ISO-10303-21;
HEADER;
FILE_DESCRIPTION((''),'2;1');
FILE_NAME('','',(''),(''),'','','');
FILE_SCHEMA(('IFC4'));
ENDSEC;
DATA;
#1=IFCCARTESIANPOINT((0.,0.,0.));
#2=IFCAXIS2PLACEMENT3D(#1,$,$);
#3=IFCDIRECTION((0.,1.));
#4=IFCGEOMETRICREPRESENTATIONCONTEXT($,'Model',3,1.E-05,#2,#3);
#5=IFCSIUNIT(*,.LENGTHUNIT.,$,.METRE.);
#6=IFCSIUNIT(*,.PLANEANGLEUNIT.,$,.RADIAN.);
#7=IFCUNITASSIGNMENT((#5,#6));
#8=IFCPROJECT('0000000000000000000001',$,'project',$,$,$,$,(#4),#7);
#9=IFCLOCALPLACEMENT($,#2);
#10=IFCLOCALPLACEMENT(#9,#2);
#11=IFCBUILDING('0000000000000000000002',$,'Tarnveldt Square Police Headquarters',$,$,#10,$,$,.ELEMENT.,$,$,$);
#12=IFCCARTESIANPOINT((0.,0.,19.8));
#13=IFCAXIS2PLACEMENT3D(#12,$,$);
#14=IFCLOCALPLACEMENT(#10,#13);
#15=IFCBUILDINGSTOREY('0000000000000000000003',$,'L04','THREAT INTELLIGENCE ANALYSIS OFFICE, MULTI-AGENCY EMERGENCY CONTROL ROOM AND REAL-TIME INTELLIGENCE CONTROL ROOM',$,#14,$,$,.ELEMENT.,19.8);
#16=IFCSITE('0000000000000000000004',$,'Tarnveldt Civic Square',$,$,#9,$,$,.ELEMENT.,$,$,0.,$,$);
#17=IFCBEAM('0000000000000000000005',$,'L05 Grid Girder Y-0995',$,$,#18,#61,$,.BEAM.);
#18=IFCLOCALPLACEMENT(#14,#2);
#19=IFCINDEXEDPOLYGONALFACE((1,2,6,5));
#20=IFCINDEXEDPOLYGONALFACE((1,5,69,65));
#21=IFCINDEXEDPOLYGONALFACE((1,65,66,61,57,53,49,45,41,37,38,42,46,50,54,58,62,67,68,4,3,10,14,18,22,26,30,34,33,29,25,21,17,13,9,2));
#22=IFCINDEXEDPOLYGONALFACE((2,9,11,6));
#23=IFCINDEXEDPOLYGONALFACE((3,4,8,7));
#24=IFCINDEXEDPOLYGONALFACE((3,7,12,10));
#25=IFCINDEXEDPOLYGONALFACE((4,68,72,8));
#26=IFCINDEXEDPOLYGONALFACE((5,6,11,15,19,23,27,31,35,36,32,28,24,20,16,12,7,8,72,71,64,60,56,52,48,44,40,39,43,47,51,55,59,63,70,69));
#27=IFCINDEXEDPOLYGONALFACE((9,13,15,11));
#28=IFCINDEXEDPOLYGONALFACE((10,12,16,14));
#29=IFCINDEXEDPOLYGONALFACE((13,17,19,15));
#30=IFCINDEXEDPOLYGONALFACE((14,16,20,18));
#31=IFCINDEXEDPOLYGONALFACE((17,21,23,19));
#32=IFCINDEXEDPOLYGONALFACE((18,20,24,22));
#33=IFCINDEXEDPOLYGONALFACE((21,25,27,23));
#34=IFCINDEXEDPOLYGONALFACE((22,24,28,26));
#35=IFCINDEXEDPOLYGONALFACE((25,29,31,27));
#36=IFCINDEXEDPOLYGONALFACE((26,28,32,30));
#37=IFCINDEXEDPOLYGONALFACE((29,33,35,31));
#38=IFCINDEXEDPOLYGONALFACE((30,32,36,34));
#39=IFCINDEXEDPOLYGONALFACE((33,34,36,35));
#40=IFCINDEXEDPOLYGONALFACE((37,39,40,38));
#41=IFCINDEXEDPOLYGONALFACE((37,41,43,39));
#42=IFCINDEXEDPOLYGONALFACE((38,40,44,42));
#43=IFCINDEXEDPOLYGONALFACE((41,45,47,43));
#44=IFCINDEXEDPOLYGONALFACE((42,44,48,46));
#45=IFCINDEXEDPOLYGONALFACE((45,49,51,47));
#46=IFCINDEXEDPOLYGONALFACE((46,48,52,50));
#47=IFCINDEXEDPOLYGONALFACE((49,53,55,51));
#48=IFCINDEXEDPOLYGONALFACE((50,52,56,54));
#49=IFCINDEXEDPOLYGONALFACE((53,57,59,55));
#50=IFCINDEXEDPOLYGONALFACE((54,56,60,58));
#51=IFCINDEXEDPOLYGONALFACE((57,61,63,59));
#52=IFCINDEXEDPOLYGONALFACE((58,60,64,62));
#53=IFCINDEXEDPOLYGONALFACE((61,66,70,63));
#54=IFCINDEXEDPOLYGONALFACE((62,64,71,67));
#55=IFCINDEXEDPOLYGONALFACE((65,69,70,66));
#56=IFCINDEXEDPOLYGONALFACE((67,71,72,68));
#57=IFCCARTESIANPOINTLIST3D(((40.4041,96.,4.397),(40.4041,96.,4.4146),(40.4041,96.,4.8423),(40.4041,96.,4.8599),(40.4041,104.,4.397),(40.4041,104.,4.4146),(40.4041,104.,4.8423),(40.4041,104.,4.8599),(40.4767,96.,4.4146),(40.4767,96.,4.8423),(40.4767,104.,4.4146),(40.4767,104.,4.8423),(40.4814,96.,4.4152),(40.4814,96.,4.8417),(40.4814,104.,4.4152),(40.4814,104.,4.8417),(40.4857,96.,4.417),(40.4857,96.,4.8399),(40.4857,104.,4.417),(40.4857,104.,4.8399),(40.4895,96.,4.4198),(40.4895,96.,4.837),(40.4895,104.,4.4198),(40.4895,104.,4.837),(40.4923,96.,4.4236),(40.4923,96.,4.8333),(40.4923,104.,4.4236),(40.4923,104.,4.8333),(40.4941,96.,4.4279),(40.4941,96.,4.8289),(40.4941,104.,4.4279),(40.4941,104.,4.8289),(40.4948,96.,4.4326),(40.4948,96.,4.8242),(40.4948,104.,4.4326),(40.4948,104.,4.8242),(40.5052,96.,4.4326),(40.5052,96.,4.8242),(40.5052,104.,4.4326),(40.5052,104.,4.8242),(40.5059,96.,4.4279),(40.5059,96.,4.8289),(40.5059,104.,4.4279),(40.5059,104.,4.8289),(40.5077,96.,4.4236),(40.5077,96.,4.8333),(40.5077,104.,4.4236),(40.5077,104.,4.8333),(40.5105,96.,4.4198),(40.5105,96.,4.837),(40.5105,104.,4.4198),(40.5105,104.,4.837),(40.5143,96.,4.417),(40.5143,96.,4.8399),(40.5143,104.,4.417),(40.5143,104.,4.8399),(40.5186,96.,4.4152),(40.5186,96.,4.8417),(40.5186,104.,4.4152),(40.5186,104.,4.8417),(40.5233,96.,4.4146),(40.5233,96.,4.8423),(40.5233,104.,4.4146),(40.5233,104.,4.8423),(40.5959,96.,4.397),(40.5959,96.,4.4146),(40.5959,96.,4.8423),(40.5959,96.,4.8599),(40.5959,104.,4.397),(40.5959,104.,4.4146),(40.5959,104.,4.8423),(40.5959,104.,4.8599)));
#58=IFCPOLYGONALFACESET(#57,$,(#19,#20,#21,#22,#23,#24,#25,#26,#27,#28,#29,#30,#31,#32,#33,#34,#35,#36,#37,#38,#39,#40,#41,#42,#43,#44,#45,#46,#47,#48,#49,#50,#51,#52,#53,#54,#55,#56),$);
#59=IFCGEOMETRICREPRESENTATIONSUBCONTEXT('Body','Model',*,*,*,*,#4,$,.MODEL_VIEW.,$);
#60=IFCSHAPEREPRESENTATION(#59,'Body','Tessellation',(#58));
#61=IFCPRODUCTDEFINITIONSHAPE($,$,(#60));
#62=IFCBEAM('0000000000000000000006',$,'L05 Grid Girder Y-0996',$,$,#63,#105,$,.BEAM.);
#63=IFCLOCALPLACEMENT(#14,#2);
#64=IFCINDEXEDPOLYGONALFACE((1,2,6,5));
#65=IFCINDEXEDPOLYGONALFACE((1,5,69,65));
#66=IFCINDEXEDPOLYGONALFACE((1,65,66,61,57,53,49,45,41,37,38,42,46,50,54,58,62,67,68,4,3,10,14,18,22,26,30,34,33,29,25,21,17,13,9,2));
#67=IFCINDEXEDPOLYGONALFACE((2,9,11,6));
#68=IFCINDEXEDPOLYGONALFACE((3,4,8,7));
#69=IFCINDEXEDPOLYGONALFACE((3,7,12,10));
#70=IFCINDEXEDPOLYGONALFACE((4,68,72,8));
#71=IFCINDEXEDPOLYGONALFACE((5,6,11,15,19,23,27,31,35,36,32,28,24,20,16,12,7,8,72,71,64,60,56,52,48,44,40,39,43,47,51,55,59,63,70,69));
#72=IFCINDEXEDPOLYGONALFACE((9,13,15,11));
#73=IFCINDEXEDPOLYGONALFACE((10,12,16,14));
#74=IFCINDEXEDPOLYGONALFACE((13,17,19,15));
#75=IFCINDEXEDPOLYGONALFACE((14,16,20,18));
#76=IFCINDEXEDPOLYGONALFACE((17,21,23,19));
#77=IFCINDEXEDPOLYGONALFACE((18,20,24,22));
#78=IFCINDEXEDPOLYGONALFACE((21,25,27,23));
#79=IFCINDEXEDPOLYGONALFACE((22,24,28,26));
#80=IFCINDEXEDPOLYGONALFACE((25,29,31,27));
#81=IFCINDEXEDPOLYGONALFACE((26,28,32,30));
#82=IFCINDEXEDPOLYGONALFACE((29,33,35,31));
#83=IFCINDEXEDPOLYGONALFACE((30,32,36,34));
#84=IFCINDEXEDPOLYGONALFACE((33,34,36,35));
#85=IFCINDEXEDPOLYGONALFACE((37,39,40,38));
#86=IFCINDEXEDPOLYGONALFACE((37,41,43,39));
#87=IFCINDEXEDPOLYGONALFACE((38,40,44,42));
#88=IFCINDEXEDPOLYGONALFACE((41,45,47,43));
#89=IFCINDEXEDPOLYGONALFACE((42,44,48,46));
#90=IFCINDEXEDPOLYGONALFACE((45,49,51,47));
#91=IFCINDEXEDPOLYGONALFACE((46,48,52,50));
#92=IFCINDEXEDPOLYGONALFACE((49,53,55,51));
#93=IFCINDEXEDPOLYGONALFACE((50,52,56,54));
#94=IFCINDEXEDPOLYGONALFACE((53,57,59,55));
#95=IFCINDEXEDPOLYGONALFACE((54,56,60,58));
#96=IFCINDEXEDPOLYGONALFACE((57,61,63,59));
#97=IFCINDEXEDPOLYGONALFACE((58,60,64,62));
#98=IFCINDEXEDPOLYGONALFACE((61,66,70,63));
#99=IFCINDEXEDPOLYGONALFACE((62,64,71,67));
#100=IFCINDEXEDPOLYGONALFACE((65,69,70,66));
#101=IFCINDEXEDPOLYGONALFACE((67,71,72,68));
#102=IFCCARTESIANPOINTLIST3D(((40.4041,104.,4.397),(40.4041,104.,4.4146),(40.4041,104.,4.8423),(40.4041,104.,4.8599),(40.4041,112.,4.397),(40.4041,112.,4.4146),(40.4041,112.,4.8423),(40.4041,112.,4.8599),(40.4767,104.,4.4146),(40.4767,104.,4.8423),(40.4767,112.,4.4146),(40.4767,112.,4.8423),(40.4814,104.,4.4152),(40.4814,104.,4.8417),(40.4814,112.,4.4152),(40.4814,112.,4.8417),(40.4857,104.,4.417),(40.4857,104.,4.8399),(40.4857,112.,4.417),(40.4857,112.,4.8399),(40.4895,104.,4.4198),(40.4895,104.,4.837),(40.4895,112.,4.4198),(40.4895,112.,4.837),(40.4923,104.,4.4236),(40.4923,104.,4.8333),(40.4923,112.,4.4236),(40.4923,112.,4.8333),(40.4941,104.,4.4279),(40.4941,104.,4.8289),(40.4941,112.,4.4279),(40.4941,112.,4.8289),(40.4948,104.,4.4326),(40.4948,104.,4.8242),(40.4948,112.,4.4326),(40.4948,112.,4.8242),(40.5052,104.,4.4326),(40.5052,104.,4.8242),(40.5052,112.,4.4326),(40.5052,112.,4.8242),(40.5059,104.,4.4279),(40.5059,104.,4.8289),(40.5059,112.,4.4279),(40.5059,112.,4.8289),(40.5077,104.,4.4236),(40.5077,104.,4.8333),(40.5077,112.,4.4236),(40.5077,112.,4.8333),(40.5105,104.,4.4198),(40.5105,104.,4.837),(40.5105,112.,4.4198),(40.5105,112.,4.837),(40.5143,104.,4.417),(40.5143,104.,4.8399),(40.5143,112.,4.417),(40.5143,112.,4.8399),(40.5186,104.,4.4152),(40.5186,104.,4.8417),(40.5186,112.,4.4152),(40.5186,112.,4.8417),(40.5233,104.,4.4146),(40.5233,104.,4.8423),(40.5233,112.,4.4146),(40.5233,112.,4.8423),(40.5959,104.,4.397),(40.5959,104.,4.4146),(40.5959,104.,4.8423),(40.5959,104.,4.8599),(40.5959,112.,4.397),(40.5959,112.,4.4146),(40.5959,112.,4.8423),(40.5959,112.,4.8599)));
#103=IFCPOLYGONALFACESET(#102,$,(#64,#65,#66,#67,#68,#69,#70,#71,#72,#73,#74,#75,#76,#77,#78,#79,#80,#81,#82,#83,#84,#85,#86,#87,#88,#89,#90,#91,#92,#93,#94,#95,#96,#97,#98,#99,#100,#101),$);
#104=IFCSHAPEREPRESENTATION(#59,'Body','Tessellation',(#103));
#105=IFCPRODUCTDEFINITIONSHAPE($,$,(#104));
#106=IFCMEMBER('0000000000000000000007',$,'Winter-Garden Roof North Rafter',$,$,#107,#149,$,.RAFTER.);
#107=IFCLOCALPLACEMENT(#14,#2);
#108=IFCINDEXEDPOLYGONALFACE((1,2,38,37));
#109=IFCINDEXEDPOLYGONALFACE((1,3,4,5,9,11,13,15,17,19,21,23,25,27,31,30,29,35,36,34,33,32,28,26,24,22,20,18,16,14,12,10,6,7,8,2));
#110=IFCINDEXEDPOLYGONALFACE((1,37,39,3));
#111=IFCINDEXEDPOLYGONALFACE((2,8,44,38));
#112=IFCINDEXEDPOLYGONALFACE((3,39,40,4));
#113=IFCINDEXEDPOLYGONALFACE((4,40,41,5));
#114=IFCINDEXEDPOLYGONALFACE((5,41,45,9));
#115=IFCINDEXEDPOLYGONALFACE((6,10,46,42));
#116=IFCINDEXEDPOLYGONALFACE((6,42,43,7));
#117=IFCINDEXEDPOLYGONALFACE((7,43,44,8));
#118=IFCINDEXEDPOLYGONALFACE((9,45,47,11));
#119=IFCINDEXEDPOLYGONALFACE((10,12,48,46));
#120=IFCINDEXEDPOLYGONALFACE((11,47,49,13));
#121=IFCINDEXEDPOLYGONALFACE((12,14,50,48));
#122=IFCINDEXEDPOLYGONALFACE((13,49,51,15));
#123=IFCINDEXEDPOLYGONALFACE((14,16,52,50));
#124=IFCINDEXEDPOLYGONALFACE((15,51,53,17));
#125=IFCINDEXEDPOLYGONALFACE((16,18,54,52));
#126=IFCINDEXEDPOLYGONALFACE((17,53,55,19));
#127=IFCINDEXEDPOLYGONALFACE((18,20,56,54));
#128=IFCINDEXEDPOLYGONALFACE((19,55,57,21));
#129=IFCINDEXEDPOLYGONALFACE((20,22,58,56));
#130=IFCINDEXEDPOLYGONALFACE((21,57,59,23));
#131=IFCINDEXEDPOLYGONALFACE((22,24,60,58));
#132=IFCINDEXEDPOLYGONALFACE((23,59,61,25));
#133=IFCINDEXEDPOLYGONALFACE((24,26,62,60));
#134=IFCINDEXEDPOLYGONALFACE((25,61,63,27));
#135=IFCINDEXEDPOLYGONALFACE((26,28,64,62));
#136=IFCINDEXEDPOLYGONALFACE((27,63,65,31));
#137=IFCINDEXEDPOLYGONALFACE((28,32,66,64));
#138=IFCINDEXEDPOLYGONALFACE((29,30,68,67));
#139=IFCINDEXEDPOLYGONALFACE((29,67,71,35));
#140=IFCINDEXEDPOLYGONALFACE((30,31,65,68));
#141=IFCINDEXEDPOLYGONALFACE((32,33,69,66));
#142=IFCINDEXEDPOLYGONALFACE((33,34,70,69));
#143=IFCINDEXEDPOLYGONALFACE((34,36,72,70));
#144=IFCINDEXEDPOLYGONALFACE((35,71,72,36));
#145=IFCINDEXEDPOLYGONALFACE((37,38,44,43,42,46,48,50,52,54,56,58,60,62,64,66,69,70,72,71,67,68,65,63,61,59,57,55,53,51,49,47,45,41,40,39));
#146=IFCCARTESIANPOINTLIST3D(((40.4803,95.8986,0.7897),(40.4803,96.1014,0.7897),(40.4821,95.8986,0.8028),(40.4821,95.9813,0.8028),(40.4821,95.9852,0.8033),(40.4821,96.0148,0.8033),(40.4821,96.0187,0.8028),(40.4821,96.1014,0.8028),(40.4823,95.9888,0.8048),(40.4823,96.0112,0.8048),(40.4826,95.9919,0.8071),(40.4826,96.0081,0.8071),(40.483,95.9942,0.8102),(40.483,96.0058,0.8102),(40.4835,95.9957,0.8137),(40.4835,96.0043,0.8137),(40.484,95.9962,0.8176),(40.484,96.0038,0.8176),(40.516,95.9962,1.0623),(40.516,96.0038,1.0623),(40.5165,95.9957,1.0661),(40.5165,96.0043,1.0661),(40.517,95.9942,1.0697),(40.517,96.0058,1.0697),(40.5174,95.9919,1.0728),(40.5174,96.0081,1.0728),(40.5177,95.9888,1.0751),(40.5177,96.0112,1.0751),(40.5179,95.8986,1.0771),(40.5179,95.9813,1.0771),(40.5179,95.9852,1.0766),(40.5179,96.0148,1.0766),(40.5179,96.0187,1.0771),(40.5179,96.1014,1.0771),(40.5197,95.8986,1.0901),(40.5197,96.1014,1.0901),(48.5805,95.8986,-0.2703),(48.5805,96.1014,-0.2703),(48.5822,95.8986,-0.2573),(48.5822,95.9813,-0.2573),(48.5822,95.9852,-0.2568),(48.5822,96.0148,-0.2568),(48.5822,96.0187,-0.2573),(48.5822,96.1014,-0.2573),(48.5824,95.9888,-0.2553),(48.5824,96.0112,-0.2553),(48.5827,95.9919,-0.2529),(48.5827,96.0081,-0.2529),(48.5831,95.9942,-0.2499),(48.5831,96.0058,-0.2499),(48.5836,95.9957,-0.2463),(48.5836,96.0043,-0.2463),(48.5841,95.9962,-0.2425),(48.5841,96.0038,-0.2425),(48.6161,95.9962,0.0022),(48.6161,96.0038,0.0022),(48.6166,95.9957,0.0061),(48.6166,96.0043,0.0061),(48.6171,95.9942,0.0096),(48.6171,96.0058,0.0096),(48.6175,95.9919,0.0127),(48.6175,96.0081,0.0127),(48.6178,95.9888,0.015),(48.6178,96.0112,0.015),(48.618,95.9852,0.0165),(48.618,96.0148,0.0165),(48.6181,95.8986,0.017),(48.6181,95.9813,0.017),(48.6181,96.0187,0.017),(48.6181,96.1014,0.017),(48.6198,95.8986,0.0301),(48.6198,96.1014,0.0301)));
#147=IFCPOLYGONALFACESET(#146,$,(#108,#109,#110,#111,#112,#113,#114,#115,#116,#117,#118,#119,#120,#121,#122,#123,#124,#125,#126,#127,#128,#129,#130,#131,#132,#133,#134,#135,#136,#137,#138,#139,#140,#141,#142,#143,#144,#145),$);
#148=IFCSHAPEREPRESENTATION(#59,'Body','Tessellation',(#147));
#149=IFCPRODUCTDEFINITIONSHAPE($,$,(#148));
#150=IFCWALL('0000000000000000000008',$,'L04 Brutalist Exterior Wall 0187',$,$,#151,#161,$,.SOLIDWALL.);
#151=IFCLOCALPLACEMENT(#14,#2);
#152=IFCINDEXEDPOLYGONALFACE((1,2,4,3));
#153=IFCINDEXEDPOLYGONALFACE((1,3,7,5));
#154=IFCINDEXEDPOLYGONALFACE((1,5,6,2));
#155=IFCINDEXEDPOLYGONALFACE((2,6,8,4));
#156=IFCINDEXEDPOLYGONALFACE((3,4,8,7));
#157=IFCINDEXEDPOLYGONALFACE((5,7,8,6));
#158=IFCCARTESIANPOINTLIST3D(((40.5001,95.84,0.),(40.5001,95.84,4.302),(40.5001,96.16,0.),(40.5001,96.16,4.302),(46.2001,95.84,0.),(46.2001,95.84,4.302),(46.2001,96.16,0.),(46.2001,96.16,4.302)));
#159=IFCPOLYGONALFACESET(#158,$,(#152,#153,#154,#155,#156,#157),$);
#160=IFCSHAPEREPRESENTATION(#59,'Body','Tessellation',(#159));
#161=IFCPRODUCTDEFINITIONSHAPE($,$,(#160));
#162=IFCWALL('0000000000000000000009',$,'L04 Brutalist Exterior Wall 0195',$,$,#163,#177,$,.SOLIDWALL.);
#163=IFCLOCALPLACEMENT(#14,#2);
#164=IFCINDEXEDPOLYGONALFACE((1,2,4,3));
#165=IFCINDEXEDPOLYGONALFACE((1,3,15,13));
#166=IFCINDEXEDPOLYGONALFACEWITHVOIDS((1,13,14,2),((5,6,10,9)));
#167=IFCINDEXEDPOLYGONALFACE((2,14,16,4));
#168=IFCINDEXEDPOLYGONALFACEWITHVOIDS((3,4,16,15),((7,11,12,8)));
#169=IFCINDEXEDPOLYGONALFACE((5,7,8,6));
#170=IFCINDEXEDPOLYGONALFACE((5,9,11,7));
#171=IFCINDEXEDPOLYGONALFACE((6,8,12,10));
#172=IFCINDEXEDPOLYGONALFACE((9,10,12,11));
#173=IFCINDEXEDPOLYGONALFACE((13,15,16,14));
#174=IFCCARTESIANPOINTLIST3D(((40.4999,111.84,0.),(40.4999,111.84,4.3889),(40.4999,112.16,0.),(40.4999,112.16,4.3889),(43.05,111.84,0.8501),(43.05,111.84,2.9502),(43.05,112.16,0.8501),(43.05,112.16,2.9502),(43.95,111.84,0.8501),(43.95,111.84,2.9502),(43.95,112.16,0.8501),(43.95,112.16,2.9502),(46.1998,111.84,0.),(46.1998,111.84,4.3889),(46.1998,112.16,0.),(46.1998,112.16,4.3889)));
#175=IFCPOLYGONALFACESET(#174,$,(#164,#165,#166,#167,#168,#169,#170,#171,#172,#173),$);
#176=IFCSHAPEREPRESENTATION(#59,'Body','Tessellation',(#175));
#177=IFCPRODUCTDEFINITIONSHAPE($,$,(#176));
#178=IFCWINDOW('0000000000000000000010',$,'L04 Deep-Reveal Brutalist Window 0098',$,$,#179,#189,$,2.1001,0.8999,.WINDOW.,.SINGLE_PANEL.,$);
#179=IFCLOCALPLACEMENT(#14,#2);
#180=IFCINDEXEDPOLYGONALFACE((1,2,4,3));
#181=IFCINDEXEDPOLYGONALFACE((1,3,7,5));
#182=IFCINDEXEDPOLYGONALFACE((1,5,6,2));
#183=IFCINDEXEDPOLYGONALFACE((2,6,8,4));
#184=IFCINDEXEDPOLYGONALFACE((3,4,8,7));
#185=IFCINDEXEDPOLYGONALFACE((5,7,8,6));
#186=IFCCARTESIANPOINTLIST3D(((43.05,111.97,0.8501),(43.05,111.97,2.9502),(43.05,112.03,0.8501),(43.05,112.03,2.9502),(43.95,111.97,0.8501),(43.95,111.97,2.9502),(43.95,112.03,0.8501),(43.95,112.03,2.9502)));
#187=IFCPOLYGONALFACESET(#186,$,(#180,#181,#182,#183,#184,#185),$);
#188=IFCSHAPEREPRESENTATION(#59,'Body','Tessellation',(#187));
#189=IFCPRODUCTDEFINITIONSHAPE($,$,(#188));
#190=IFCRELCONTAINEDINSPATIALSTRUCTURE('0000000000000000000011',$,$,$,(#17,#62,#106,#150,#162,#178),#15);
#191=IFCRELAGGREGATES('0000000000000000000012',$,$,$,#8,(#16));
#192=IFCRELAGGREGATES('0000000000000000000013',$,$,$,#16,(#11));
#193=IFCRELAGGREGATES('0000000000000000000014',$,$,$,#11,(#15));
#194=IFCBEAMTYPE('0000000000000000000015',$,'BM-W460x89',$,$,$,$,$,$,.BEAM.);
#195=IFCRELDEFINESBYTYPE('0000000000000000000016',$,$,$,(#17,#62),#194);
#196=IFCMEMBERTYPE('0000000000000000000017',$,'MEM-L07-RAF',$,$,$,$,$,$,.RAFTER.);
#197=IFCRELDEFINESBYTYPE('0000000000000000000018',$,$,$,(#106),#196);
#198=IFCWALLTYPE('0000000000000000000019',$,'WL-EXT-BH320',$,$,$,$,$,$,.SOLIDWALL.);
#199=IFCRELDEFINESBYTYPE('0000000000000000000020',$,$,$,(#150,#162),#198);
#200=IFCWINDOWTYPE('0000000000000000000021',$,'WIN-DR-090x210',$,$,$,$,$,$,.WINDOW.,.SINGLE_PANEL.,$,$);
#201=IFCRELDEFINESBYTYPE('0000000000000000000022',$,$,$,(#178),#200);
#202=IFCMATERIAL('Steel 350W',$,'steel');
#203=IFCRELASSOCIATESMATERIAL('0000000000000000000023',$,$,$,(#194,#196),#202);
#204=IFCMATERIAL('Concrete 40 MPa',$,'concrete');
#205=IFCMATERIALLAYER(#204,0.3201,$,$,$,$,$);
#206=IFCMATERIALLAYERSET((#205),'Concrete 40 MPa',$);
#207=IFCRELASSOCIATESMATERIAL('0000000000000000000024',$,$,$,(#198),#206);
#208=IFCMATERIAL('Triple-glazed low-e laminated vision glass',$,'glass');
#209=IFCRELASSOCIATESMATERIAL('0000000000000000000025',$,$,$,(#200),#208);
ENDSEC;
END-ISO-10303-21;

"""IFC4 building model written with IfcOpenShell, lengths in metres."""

from ifc_helpers import new_model, si_unit, direction, frame, frame_2d, origin, origin_2d, place, context, subcontext, project, spatial, rectangle, i_section, extrude, material, layer, layer_set, material_profile, profile_set, type_object, element, fill, save


model = new_model("IFC4")

# Units and contexts
model_context = context("Model", 3, precision=1e-05, world=origin(), true_north=direction((0.0, 1.0)))
body_context = subcontext(model_context, "Body", "Model", "MODEL_VIEW")
ifc_project = project(units=[si_unit("LENGTHUNIT", "METRE"), si_unit("PLANEANGLEUNIT", "RADIAN")], contexts=[model_context])

# Site, building, storey
site_placement = place(None, origin())
site = spatial("IfcSite", under=ifc_project, at=site_placement, Name="Tarnveldt Civic Square", CompositionType="ELEMENT", RefElevation=0.0)
building_placement = place(site_placement, origin())
building = spatial("IfcBuilding", under=site, at=building_placement, Name="Tarnveldt Square Police Headquarters", CompositionType="ELEMENT")
storey_placement = place(building_placement, frame((0.0, 0.0, 19.8)))
storey = spatial("IfcBuildingStorey", under=building, at=storey_placement, Name="L04", Description="THREAT INTELLIGENCE ANALYSIS OFFICE, MULTI-AGENCY EMERGENCY CONTROL ROOM AND REAL-TIME INTELLIGENCE CONTROL ROOM", CompositionType="ELEMENT", Elevation=19.8)

# Shared definitions
ifc_material_1 = material(Name="Steel 350W", Category="steel")
ifc_material_2 = material(Name="Concrete 40 MPa", Category="concrete")

# Beams
ifc_material_profile_1 = material_profile(ifc_material_1, i_section(OverallWidth=0.1919, OverallDepth=0.4629, WebThickness=0.0105, FlangeThickness=0.0176, FilletRadius=0.0181, at=origin_2d()), Name="W460x89")
ifc_profile_set_1 = profile_set([ifc_material_profile_1], Name="Steel 350W")
beam_type_1 = type_object("IfcBeamType", Name="BM-W460x89", PredefinedType="BEAM", material=ifc_profile_set_1)
for number, where, z_axis, x_axis, name in (
    (1, (40.5, 96.0, 4.6284), (0.0, 1.0, 0.0), (-1.0, 0.0, 0.0), "L05 Grid Girder Y-0995"),
    (2, (40.5, 104.0, 4.6284), (0.0, 1.0, 0.0), (-1.0, 0.0, 0.0), "L05 Grid Girder Y-0996"),
):
    element("IfcBeam", number, at=place(storey_placement, frame(where, z_axis=z_axis, x_axis=x_axis)), inside=storey, type_object=beam_type_1, Name=name, PredefinedType="BEAM", context=body_context, shape_type="SweptSolid", body=[
        extrude(i_section(OverallWidth=0.1919, OverallDepth=0.4629, WebThickness=0.0105, FlangeThickness=0.0176, FilletRadius=0.0181, at=origin_2d()), origin(), (0.0, 0.0, 1.0), 8.0),
    ])

# Member
ifc_material_profile_2 = material_profile(ifc_material_1, i_section(OverallWidth=0.2029, OverallDepth=0.303, WebThickness=0.0076, FlangeThickness=0.0132, FilletRadius=0.0149, at=origin_2d()), Name="W310x60")
ifc_profile_set_2 = profile_set([ifc_material_profile_2], Name="Steel 350W")
member_type = type_object("IfcMemberType", Name="MEM-L07-RAF", PredefinedType="RAFTER", material=ifc_profile_set_2)
member_placement = place(storey_placement, frame((40.5, 96.0, 0.9399), z_axis=(0.991545, 0.0, -0.129763), x_axis=(0.0, 1.0, 0.0)))
element("IfcMember", 3, at=member_placement, inside=storey, type_object=member_type, Name="Winter-Garden Roof North Rafter", PredefinedType="RAFTER", context=body_context, shape_type="SweptSolid", body=[
    extrude(i_section(OverallWidth=0.2029, OverallDepth=0.303, WebThickness=0.0076, FlangeThickness=0.0132, FilletRadius=0.0149, at=origin_2d()), origin(), (0.0, 0.0, 1.0), 8.1692),
])

# Wall
ifc_layer_1 = layer(ifc_material_2, 0.3201)
ifc_layer_set_1 = layer_set([ifc_layer_1], Name="Concrete 40 MPa")
wall_type_1 = type_object("IfcWallType", Name="WL-EXT-BH320", PredefinedType="SOLIDWALL", material=ifc_layer_set_1)
wall_1_placement = place(storey_placement, frame((40.5, 96.0, 0.0), z_axis=(0.0, 0.0, 1.0), x_axis=(1.0, 0.0, 0.0)))
element("IfcWall", 4, at=wall_1_placement, inside=storey, type_object=wall_type_1, Name="L04 Brutalist Exterior Wall 0187", PredefinedType="SOLIDWALL", context=body_context, shape_type="SweptSolid", body=[
    extrude(rectangle(XDim=5.7, YDim=0.3201, at=frame_2d((2.8501, 0.0))), origin(), (0.0, 0.0, 1.0), 4.302),
])

# Wall, opening, window
wall_2_placement = place(storey_placement, frame((46.2, 112.0, 0.0), z_axis=(0.0, 0.0, 1.0), x_axis=(-1.0, 0.0, 0.0)))
wall_2 = element("IfcWall", 5, at=wall_2_placement, inside=storey, type_object=wall_type_1, Name="L04 Brutalist Exterior Wall 0195", PredefinedType="SOLIDWALL", context=body_context, shape_type="SweptSolid", body=[
    extrude(rectangle(XDim=5.7, YDim=0.3201, at=frame_2d((2.8501, 0.0))), origin(), (0.0, 0.0, 1.0), 4.3889),
])
opening_1_placement = place(wall_2_placement, frame((2.25, 0.0, 0.8501)))
opening_1 = element("IfcOpeningElement", 6, at=opening_1_placement, cuts=wall_2, PredefinedType="OPENING", context=body_context, shape_type="SweptSolid", body=[
    extrude(rectangle(XDim=0.8999, YDim=2.1001, at=frame_2d((0.45, 1.05))), frame((0.0, 0.1699, 0.0), z_axis=(0.0, -1.0, 0.0), x_axis=(1.0, 0.0, 0.0)), (0.0, 0.0, 1.0), 0.3401),
])
ifc_material_3 = material(Name="Triple-glazed low-e laminated vision glass", Category="glass")
window_type_1 = type_object("IfcWindowType", Name="WIN-DR-090x210", PartitioningType="SINGLE_PANEL", PredefinedType="WINDOW", material=ifc_material_3)
window_1_placement = place(opening_1_placement, origin())
window_1 = element("IfcWindow", 7, at=window_1_placement, inside=storey, type_object=window_type_1, Name="L04 Deep-Reveal Brutalist Window 0098", OverallHeight=2.1001, OverallWidth=0.8999, PartitioningType="SINGLE_PANEL", PredefinedType="WINDOW", context=body_context, shape_type="SweptSolid", body=[
    extrude(rectangle(XDim=0.8999, YDim=2.1001, at=frame_2d((0.45, 1.05))), frame((0.0, 0.03, 0.0), z_axis=(0.0, -1.0, 0.0), x_axis=(1.0, 0.0, 0.0)), (0.0, 0.0, 1.0), 0.0601),
])
fill(opening_1, window_1)

save(model, "model.ifc")
